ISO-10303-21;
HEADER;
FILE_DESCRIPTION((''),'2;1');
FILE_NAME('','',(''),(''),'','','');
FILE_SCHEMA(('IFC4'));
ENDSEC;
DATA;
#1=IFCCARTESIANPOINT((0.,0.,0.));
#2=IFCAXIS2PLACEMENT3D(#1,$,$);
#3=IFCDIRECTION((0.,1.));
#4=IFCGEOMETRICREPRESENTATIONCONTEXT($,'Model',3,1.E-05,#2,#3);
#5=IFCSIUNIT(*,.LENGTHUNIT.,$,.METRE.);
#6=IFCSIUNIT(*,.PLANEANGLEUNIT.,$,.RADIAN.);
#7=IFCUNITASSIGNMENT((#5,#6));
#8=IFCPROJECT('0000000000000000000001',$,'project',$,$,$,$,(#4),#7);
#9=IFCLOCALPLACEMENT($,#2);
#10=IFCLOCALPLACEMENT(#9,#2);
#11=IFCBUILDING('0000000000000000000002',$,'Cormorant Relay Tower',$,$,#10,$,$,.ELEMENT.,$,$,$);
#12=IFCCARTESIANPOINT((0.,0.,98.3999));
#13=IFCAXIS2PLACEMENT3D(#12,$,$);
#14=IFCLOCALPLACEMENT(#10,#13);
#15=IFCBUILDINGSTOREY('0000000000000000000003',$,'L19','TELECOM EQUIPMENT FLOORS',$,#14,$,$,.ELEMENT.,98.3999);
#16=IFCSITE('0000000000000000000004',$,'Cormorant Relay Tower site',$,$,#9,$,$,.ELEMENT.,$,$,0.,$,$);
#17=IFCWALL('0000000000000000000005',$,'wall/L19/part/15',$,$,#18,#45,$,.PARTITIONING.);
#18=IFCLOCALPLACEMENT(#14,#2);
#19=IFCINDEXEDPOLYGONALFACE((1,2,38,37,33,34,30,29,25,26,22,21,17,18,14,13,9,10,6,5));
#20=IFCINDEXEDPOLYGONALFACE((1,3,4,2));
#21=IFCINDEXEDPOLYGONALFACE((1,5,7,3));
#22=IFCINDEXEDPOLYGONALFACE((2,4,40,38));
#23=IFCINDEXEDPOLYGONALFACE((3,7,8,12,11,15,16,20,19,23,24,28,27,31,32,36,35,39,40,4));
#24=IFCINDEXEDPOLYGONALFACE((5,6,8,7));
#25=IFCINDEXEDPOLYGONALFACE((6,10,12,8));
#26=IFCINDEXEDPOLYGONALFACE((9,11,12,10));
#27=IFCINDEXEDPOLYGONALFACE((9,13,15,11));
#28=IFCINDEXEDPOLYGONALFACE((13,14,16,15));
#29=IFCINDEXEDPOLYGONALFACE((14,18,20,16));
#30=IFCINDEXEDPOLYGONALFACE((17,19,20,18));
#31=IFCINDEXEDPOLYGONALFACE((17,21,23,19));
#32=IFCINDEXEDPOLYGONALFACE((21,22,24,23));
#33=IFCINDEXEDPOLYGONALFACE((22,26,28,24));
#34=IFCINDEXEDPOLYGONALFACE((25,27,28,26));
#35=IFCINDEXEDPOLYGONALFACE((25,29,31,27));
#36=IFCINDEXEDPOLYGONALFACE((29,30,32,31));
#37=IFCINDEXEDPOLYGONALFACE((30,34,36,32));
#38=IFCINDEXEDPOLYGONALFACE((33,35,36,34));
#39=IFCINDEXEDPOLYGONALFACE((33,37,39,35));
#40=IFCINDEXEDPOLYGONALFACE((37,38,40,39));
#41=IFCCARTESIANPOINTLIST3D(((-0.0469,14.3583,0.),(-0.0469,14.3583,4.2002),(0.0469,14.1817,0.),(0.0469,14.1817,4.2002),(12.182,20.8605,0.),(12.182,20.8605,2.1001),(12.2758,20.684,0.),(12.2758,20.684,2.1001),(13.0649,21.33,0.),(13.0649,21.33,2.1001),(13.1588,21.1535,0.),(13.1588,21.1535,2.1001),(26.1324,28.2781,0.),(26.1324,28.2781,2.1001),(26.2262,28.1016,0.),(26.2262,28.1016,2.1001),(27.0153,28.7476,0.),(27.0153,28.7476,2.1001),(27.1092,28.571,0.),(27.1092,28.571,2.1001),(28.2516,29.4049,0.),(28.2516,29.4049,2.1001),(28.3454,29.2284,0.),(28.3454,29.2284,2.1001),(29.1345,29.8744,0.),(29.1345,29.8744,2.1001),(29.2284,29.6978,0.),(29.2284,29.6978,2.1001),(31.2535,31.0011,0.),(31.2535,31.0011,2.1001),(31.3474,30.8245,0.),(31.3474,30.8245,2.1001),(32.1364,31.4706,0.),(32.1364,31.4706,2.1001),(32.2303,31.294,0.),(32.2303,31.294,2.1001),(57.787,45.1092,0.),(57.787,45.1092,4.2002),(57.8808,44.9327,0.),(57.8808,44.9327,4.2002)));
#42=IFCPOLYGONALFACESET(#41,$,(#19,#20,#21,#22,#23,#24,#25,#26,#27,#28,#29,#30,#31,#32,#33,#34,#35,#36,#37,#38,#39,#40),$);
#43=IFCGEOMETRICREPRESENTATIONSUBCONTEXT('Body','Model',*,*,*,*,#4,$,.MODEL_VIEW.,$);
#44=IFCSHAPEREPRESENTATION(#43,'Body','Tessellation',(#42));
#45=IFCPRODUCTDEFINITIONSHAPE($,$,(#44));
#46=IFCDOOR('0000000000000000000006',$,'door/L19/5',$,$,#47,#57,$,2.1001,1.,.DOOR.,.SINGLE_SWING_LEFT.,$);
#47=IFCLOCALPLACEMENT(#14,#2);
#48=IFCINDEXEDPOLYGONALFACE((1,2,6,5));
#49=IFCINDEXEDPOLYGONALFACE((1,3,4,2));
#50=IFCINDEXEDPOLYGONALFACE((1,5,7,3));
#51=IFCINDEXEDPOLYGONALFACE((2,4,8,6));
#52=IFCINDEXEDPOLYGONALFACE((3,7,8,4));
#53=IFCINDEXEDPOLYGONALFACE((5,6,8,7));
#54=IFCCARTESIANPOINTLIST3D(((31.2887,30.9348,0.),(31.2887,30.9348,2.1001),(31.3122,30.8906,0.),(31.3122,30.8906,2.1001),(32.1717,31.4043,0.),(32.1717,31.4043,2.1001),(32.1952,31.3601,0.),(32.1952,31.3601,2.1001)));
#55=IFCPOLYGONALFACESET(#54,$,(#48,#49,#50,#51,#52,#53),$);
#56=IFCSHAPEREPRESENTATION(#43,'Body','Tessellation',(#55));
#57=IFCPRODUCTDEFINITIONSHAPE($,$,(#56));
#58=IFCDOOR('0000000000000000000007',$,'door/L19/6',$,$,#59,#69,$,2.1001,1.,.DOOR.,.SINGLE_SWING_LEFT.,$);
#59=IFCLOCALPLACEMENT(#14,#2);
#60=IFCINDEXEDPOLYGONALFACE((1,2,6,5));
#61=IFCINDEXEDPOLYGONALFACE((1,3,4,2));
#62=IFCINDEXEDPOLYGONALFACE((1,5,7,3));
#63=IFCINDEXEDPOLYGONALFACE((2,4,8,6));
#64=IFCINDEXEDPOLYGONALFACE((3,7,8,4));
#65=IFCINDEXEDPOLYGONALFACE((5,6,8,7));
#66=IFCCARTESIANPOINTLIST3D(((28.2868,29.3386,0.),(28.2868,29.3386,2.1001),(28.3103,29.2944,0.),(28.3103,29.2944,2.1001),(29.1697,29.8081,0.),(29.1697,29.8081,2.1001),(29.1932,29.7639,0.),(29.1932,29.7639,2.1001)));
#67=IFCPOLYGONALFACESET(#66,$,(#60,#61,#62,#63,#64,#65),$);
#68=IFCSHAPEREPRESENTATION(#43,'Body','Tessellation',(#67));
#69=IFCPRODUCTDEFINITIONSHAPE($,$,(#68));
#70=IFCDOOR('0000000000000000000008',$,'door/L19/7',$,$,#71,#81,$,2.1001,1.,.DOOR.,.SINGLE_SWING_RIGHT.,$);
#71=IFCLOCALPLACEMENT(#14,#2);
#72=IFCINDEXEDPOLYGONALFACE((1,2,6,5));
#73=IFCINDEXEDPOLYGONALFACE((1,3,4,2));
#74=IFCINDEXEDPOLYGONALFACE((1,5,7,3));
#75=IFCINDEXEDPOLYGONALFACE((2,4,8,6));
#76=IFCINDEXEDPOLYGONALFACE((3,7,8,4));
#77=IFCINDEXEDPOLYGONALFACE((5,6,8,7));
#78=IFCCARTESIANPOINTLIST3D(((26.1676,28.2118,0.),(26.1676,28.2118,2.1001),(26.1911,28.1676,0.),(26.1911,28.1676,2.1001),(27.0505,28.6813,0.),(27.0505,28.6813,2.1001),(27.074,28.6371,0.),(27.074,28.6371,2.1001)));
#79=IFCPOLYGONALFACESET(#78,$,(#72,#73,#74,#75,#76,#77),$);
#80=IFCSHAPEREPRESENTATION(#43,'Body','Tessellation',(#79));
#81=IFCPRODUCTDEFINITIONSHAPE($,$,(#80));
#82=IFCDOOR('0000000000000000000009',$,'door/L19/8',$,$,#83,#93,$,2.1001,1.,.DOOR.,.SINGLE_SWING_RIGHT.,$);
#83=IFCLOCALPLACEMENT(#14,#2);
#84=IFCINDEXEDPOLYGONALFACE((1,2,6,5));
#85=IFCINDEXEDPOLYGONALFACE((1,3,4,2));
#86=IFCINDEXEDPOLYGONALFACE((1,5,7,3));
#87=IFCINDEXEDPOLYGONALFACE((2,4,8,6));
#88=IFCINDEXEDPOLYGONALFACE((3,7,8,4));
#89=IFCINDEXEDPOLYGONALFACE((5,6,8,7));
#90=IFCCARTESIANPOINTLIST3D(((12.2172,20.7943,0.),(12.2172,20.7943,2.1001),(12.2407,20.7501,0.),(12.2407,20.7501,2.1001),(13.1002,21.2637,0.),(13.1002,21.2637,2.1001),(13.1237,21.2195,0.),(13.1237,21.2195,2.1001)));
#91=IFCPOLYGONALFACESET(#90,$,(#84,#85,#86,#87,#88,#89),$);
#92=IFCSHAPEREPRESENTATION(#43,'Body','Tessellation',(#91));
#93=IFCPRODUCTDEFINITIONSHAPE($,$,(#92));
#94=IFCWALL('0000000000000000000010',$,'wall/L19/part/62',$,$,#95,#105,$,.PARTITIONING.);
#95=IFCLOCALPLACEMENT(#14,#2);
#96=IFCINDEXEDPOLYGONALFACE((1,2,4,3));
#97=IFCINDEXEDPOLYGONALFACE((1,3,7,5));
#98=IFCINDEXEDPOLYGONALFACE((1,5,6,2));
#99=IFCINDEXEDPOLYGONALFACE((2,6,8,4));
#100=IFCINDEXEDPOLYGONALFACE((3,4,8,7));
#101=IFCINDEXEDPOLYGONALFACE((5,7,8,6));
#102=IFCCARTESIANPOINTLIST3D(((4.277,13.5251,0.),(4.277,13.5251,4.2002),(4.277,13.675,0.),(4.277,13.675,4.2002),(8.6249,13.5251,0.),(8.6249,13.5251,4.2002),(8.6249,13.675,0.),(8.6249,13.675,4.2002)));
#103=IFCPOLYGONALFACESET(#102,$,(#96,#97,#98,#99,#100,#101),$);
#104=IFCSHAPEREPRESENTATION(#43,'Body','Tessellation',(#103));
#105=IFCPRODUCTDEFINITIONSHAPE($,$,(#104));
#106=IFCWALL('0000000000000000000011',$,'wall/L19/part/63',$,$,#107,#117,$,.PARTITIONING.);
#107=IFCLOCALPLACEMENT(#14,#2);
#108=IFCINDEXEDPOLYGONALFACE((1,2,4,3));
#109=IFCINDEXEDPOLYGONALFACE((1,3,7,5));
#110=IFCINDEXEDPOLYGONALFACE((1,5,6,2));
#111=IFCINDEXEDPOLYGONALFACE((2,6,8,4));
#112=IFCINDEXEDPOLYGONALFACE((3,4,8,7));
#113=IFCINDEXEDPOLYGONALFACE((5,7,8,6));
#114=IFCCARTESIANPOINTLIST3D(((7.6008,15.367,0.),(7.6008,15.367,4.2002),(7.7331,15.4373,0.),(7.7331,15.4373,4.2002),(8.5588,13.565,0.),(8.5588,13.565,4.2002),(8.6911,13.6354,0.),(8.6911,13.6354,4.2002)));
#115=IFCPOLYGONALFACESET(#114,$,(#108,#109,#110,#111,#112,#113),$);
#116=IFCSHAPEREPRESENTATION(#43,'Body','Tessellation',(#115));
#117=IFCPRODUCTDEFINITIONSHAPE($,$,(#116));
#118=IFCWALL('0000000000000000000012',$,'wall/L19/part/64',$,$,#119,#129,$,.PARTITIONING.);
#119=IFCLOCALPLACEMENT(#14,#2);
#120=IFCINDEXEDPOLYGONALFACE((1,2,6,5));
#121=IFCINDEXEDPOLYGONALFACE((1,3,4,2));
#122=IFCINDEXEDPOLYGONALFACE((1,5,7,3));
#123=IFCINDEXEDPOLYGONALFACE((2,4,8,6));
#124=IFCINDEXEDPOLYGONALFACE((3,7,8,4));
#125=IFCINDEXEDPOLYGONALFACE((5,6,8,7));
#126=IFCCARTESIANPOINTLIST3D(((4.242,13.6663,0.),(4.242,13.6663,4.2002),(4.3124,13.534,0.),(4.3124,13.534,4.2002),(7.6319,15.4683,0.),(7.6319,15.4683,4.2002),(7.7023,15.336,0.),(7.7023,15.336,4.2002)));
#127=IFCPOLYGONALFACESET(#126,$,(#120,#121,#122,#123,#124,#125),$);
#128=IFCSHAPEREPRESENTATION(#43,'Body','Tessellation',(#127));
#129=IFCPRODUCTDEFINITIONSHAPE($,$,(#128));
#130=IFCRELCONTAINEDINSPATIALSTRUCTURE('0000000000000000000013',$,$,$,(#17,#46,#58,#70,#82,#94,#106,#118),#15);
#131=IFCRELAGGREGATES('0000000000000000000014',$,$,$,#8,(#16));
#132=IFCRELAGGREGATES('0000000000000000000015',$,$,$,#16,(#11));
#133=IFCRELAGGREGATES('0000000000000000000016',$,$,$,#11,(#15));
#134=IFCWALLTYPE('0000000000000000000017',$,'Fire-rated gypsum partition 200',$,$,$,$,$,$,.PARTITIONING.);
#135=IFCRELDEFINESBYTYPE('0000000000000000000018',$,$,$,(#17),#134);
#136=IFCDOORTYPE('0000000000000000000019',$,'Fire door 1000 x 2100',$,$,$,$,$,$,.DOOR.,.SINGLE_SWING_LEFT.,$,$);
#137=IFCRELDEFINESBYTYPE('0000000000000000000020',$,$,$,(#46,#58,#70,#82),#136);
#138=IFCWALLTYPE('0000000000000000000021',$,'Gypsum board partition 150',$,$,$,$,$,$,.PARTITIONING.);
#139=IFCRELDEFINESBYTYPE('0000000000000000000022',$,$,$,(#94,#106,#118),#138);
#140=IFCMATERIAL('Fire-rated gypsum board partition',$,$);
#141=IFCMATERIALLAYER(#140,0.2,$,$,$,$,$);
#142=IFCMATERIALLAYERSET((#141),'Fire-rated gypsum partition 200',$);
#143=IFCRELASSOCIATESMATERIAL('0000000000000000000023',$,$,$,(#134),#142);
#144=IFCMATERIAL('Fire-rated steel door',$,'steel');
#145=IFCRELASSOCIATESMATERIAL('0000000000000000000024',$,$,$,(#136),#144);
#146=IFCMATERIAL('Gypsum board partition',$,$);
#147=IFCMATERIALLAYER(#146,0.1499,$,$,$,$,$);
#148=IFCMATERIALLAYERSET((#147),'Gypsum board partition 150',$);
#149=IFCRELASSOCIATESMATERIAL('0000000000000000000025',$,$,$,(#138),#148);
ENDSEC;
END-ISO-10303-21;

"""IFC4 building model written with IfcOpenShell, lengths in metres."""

from ifc_helpers import new_model, si_unit, direction, frame, frame_2d, origin, place, context, subcontext, project, spatial, rectangle, extrude, material, layer, layer_set, type_object, element, fill, save


model = new_model("IFC4")

# Units and contexts
model_context = context("Model", 3, precision=1e-05, world=origin(), true_north=direction((0.0, 1.0)))
body_context = subcontext(model_context, "Body", "Model", "MODEL_VIEW")
ifc_project = project(units=[si_unit("LENGTHUNIT", "METRE"), si_unit("PLANEANGLEUNIT", "RADIAN")], contexts=[model_context])

# Site, building, storey
site_placement = place(None, origin())
site = spatial("IfcSite", under=ifc_project, at=site_placement, Name="Cormorant Relay Tower site", CompositionType="ELEMENT", RefElevation=0.0)
building_placement = place(site_placement, origin())
building = spatial("IfcBuilding", under=site, at=building_placement, Name="Cormorant Relay Tower", CompositionType="ELEMENT")
storey_placement = place(building_placement, frame((0.0, 0.0, 98.3999)))
storey = spatial("IfcBuildingStorey", under=building, at=storey_placement, Name="L19", Description="TELECOM EQUIPMENT FLOORS", CompositionType="ELEMENT", Elevation=98.3999)

# Wall, openings, doors
ifc_material_1 = material(Name="Fire-rated gypsum board partition")
ifc_layer_1 = layer(ifc_material_1, 0.2)
ifc_layer_set_1 = layer_set([ifc_layer_1], Name="Fire-rated gypsum partition 200")
wall_type_1 = type_object("IfcWallType", Name="Fire-rated gypsum partition 200", PredefinedType="PARTITIONING", material=ifc_layer_set_1)
wall_1_placement = place(storey_placement, frame((0.0, 14.27, 0.0), z_axis=(0.0, 0.0, 1.0), x_axis=(0.882947, 0.469473, 0.0)))
wall_1 = element("IfcWall", 1, at=wall_1_placement, inside=storey, type_object=wall_type_1, Name="wall/L19/part/15", PredefinedType="PARTITIONING", context=body_context, shape_type="SweptSolid", body=[
    extrude(rectangle(XDim=65.501, YDim=0.2, at=frame_2d((32.7505, 0.0))), origin(), (0.0, 0.0, 1.0), 4.2002),
])
opening_1_placement = place(wall_1_placement, frame((35.45, 0.0, 0.0)))
opening_1 = element("IfcOpeningElement", 2, at=opening_1_placement, cuts=wall_1, PredefinedType="OPENING", context=body_context, shape_type="SweptSolid", body=[
    extrude(rectangle(XDim=1.0, YDim=2.1001, at=frame_2d((0.5, 1.05))), frame((0.0, 0.1099, 0.0), z_axis=(0.0, -1.0, 0.0), x_axis=(1.0, 0.0, 0.0)), (0.0, 0.0, 1.0), 0.22),
])
opening_2_placement = place(wall_1_placement, frame((32.05, 0.0, 0.0)))
opening_2 = element("IfcOpeningElement", 3, at=opening_2_placement, cuts=wall_1, PredefinedType="OPENING", context=body_context, shape_type="SweptSolid", body=[
    extrude(rectangle(XDim=1.0, YDim=2.1001, at=frame_2d((0.5, 1.05))), frame((0.0, 0.1099, 0.0), z_axis=(0.0, -1.0, 0.0), x_axis=(1.0, 0.0, 0.0)), (0.0, 0.0, 1.0), 0.22),
])
opening_3_placement = place(wall_1_placement, frame((29.6499, 0.0, 0.0)))
opening_3 = element("IfcOpeningElement", 4, at=opening_3_placement, cuts=wall_1, PredefinedType="OPENING", context=body_context, shape_type="SweptSolid", body=[
    extrude(rectangle(XDim=1.0, YDim=2.1001, at=frame_2d((0.5, 1.05))), frame((0.0, 0.1099, 0.0), z_axis=(0.0, -1.0, 0.0), x_axis=(1.0, 0.0, 0.0)), (0.0, 0.0, 1.0), 0.22),
])
opening_4_placement = place(wall_1_placement, frame((13.8501, 0.0, 0.0)))
opening_4 = element("IfcOpeningElement", 5, at=opening_4_placement, cuts=wall_1, PredefinedType="OPENING", context=body_context, shape_type="SweptSolid", body=[
    extrude(rectangle(XDim=1.0, YDim=2.1001, at=frame_2d((0.5, 1.05))), frame((0.0, 0.1099, 0.0), z_axis=(0.0, -1.0, 0.0), x_axis=(1.0, 0.0, 0.0)), (0.0, 0.0, 1.0), 0.22),
])
ifc_material_2 = material(Name="Fire-rated steel door", Category="steel")
door_type_1 = type_object("IfcDoorType", Name="Fire door 1000 x 2100", OperationType="SINGLE_SWING_LEFT", PredefinedType="DOOR", material=ifc_material_2)
door_1_placement = place(opening_1_placement, origin())
door_1 = element("IfcDoor", 6, at=door_1_placement, inside=storey, type_object=door_type_1, Name="door/L19/5", OperationType="SINGLE_SWING_LEFT", OverallHeight=2.1001, OverallWidth=1.0, PredefinedType="DOOR", context=body_context, shape_type="SweptSolid", body=[
    extrude(rectangle(XDim=1.0, YDim=2.1001, at=frame_2d((0.5, 1.05))), frame((0.0, 0.0249, 0.0), z_axis=(0.0, -1.0, 0.0), x_axis=(1.0, 0.0, 0.0)), (0.0, 0.0, 1.0), 0.05),
])
fill(opening_1, door_1)
door_2_placement = place(opening_2_placement, origin())
door_2 = element("IfcDoor", 7, at=door_2_placement, inside=storey, type_object=door_type_1, Name="door/L19/6", OperationType="SINGLE_SWING_LEFT", OverallHeight=2.1001, OverallWidth=1.0, PredefinedType="DOOR", context=body_context, shape_type="SweptSolid", body=[
    extrude(rectangle(XDim=1.0, YDim=2.1001, at=frame_2d((0.5, 1.05))), frame((0.0, 0.0249, 0.0), z_axis=(0.0, -1.0, 0.0), x_axis=(1.0, 0.0, 0.0)), (0.0, 0.0, 1.0), 0.05),
])
fill(opening_2, door_2)
door_3_placement = place(opening_3_placement, origin())
door_3 = element("IfcDoor", 8, at=door_3_placement, inside=storey, type_object=door_type_1, Name="door/L19/7", OperationType="SINGLE_SWING_RIGHT", OverallHeight=2.1001, OverallWidth=1.0, PredefinedType="DOOR", context=body_context, shape_type="SweptSolid", body=[
    extrude(rectangle(XDim=1.0, YDim=2.1001, at=frame_2d((0.5, 1.05))), frame((0.0, 0.0249, 0.0), z_axis=(0.0, -1.0, 0.0), x_axis=(1.0, 0.0, 0.0)), (0.0, 0.0, 1.0), 0.05),
])
fill(opening_3, door_3)
door_4_placement = place(opening_4_placement, origin())
door_4 = element("IfcDoor", 9, at=door_4_placement, inside=storey, type_object=door_type_1, Name="door/L19/8", OperationType="SINGLE_SWING_RIGHT", OverallHeight=2.1001, OverallWidth=1.0, PredefinedType="DOOR", context=body_context, shape_type="SweptSolid", body=[
    extrude(rectangle(XDim=1.0, YDim=2.1001, at=frame_2d((0.5, 1.05))), frame((0.0, 0.0249, 0.0), z_axis=(0.0, -1.0, 0.0), x_axis=(1.0, 0.0, 0.0)), (0.0, 0.0, 1.0), 0.05),
])
fill(opening_4, door_4)

# Walls
ifc_material_3 = material(Name="Gypsum board partition")
ifc_layer_2 = layer(ifc_material_3, 0.1499)
ifc_layer_set_2 = layer_set([ifc_layer_2], Name="Gypsum board partition 150")
wall_type_2 = type_object("IfcWallType", Name="Gypsum board partition 150", PredefinedType="PARTITIONING", material=ifc_layer_set_2)
wall_2_placement = place(storey_placement, frame((4.2771, 13.6001, 0.0), z_axis=(0.0, 0.0, 1.0), x_axis=(1.0, 0.0, 0.0)))
element("IfcWall", 10, at=wall_2_placement, inside=storey, type_object=wall_type_2, Name="wall/L19/part/62", PredefinedType="PARTITIONING", context=body_context, shape_type="SweptSolid", body=[
    extrude(rectangle(XDim=4.3479, YDim=0.1499, at=frame_2d((2.1738, 0.0))), origin(), (0.0, 0.0, 1.0), 4.2002),
])
wall_3_placement = place(storey_placement, frame((8.625, 13.6001, 0.0), z_axis=(0.0, 0.0, 1.0), x_axis=(-0.469421, 0.882975, 0.0)))
element("IfcWall", 11, at=wall_3_placement, inside=storey, type_object=wall_type_2, Name="wall/L19/part/63", PredefinedType="PARTITIONING", context=body_context, shape_type="SweptSolid", body=[
    extrude(rectangle(XDim=2.0408, YDim=0.1499, at=frame_2d((1.0205, 0.0))), origin(), (0.0, 0.0, 1.0), 4.2002),
])
wall_4_placement = place(storey_placement, frame((7.667, 15.4021, 0.0), z_axis=(0.0, 0.0, 1.0), x_axis=(-0.882995, -0.469383, 0.0)))
element("IfcWall", 12, at=wall_4_placement, inside=storey, type_object=wall_type_2, Name="wall/L19/part/64", PredefinedType="PARTITIONING", context=body_context, shape_type="SweptSolid", body=[
    extrude(rectangle(XDim=3.8391, YDim=0.1499, at=frame_2d((1.9194, 0.0))), origin(), (0.0, 0.0, 1.0), 4.2002),
])

save(model, "model.ifc")
